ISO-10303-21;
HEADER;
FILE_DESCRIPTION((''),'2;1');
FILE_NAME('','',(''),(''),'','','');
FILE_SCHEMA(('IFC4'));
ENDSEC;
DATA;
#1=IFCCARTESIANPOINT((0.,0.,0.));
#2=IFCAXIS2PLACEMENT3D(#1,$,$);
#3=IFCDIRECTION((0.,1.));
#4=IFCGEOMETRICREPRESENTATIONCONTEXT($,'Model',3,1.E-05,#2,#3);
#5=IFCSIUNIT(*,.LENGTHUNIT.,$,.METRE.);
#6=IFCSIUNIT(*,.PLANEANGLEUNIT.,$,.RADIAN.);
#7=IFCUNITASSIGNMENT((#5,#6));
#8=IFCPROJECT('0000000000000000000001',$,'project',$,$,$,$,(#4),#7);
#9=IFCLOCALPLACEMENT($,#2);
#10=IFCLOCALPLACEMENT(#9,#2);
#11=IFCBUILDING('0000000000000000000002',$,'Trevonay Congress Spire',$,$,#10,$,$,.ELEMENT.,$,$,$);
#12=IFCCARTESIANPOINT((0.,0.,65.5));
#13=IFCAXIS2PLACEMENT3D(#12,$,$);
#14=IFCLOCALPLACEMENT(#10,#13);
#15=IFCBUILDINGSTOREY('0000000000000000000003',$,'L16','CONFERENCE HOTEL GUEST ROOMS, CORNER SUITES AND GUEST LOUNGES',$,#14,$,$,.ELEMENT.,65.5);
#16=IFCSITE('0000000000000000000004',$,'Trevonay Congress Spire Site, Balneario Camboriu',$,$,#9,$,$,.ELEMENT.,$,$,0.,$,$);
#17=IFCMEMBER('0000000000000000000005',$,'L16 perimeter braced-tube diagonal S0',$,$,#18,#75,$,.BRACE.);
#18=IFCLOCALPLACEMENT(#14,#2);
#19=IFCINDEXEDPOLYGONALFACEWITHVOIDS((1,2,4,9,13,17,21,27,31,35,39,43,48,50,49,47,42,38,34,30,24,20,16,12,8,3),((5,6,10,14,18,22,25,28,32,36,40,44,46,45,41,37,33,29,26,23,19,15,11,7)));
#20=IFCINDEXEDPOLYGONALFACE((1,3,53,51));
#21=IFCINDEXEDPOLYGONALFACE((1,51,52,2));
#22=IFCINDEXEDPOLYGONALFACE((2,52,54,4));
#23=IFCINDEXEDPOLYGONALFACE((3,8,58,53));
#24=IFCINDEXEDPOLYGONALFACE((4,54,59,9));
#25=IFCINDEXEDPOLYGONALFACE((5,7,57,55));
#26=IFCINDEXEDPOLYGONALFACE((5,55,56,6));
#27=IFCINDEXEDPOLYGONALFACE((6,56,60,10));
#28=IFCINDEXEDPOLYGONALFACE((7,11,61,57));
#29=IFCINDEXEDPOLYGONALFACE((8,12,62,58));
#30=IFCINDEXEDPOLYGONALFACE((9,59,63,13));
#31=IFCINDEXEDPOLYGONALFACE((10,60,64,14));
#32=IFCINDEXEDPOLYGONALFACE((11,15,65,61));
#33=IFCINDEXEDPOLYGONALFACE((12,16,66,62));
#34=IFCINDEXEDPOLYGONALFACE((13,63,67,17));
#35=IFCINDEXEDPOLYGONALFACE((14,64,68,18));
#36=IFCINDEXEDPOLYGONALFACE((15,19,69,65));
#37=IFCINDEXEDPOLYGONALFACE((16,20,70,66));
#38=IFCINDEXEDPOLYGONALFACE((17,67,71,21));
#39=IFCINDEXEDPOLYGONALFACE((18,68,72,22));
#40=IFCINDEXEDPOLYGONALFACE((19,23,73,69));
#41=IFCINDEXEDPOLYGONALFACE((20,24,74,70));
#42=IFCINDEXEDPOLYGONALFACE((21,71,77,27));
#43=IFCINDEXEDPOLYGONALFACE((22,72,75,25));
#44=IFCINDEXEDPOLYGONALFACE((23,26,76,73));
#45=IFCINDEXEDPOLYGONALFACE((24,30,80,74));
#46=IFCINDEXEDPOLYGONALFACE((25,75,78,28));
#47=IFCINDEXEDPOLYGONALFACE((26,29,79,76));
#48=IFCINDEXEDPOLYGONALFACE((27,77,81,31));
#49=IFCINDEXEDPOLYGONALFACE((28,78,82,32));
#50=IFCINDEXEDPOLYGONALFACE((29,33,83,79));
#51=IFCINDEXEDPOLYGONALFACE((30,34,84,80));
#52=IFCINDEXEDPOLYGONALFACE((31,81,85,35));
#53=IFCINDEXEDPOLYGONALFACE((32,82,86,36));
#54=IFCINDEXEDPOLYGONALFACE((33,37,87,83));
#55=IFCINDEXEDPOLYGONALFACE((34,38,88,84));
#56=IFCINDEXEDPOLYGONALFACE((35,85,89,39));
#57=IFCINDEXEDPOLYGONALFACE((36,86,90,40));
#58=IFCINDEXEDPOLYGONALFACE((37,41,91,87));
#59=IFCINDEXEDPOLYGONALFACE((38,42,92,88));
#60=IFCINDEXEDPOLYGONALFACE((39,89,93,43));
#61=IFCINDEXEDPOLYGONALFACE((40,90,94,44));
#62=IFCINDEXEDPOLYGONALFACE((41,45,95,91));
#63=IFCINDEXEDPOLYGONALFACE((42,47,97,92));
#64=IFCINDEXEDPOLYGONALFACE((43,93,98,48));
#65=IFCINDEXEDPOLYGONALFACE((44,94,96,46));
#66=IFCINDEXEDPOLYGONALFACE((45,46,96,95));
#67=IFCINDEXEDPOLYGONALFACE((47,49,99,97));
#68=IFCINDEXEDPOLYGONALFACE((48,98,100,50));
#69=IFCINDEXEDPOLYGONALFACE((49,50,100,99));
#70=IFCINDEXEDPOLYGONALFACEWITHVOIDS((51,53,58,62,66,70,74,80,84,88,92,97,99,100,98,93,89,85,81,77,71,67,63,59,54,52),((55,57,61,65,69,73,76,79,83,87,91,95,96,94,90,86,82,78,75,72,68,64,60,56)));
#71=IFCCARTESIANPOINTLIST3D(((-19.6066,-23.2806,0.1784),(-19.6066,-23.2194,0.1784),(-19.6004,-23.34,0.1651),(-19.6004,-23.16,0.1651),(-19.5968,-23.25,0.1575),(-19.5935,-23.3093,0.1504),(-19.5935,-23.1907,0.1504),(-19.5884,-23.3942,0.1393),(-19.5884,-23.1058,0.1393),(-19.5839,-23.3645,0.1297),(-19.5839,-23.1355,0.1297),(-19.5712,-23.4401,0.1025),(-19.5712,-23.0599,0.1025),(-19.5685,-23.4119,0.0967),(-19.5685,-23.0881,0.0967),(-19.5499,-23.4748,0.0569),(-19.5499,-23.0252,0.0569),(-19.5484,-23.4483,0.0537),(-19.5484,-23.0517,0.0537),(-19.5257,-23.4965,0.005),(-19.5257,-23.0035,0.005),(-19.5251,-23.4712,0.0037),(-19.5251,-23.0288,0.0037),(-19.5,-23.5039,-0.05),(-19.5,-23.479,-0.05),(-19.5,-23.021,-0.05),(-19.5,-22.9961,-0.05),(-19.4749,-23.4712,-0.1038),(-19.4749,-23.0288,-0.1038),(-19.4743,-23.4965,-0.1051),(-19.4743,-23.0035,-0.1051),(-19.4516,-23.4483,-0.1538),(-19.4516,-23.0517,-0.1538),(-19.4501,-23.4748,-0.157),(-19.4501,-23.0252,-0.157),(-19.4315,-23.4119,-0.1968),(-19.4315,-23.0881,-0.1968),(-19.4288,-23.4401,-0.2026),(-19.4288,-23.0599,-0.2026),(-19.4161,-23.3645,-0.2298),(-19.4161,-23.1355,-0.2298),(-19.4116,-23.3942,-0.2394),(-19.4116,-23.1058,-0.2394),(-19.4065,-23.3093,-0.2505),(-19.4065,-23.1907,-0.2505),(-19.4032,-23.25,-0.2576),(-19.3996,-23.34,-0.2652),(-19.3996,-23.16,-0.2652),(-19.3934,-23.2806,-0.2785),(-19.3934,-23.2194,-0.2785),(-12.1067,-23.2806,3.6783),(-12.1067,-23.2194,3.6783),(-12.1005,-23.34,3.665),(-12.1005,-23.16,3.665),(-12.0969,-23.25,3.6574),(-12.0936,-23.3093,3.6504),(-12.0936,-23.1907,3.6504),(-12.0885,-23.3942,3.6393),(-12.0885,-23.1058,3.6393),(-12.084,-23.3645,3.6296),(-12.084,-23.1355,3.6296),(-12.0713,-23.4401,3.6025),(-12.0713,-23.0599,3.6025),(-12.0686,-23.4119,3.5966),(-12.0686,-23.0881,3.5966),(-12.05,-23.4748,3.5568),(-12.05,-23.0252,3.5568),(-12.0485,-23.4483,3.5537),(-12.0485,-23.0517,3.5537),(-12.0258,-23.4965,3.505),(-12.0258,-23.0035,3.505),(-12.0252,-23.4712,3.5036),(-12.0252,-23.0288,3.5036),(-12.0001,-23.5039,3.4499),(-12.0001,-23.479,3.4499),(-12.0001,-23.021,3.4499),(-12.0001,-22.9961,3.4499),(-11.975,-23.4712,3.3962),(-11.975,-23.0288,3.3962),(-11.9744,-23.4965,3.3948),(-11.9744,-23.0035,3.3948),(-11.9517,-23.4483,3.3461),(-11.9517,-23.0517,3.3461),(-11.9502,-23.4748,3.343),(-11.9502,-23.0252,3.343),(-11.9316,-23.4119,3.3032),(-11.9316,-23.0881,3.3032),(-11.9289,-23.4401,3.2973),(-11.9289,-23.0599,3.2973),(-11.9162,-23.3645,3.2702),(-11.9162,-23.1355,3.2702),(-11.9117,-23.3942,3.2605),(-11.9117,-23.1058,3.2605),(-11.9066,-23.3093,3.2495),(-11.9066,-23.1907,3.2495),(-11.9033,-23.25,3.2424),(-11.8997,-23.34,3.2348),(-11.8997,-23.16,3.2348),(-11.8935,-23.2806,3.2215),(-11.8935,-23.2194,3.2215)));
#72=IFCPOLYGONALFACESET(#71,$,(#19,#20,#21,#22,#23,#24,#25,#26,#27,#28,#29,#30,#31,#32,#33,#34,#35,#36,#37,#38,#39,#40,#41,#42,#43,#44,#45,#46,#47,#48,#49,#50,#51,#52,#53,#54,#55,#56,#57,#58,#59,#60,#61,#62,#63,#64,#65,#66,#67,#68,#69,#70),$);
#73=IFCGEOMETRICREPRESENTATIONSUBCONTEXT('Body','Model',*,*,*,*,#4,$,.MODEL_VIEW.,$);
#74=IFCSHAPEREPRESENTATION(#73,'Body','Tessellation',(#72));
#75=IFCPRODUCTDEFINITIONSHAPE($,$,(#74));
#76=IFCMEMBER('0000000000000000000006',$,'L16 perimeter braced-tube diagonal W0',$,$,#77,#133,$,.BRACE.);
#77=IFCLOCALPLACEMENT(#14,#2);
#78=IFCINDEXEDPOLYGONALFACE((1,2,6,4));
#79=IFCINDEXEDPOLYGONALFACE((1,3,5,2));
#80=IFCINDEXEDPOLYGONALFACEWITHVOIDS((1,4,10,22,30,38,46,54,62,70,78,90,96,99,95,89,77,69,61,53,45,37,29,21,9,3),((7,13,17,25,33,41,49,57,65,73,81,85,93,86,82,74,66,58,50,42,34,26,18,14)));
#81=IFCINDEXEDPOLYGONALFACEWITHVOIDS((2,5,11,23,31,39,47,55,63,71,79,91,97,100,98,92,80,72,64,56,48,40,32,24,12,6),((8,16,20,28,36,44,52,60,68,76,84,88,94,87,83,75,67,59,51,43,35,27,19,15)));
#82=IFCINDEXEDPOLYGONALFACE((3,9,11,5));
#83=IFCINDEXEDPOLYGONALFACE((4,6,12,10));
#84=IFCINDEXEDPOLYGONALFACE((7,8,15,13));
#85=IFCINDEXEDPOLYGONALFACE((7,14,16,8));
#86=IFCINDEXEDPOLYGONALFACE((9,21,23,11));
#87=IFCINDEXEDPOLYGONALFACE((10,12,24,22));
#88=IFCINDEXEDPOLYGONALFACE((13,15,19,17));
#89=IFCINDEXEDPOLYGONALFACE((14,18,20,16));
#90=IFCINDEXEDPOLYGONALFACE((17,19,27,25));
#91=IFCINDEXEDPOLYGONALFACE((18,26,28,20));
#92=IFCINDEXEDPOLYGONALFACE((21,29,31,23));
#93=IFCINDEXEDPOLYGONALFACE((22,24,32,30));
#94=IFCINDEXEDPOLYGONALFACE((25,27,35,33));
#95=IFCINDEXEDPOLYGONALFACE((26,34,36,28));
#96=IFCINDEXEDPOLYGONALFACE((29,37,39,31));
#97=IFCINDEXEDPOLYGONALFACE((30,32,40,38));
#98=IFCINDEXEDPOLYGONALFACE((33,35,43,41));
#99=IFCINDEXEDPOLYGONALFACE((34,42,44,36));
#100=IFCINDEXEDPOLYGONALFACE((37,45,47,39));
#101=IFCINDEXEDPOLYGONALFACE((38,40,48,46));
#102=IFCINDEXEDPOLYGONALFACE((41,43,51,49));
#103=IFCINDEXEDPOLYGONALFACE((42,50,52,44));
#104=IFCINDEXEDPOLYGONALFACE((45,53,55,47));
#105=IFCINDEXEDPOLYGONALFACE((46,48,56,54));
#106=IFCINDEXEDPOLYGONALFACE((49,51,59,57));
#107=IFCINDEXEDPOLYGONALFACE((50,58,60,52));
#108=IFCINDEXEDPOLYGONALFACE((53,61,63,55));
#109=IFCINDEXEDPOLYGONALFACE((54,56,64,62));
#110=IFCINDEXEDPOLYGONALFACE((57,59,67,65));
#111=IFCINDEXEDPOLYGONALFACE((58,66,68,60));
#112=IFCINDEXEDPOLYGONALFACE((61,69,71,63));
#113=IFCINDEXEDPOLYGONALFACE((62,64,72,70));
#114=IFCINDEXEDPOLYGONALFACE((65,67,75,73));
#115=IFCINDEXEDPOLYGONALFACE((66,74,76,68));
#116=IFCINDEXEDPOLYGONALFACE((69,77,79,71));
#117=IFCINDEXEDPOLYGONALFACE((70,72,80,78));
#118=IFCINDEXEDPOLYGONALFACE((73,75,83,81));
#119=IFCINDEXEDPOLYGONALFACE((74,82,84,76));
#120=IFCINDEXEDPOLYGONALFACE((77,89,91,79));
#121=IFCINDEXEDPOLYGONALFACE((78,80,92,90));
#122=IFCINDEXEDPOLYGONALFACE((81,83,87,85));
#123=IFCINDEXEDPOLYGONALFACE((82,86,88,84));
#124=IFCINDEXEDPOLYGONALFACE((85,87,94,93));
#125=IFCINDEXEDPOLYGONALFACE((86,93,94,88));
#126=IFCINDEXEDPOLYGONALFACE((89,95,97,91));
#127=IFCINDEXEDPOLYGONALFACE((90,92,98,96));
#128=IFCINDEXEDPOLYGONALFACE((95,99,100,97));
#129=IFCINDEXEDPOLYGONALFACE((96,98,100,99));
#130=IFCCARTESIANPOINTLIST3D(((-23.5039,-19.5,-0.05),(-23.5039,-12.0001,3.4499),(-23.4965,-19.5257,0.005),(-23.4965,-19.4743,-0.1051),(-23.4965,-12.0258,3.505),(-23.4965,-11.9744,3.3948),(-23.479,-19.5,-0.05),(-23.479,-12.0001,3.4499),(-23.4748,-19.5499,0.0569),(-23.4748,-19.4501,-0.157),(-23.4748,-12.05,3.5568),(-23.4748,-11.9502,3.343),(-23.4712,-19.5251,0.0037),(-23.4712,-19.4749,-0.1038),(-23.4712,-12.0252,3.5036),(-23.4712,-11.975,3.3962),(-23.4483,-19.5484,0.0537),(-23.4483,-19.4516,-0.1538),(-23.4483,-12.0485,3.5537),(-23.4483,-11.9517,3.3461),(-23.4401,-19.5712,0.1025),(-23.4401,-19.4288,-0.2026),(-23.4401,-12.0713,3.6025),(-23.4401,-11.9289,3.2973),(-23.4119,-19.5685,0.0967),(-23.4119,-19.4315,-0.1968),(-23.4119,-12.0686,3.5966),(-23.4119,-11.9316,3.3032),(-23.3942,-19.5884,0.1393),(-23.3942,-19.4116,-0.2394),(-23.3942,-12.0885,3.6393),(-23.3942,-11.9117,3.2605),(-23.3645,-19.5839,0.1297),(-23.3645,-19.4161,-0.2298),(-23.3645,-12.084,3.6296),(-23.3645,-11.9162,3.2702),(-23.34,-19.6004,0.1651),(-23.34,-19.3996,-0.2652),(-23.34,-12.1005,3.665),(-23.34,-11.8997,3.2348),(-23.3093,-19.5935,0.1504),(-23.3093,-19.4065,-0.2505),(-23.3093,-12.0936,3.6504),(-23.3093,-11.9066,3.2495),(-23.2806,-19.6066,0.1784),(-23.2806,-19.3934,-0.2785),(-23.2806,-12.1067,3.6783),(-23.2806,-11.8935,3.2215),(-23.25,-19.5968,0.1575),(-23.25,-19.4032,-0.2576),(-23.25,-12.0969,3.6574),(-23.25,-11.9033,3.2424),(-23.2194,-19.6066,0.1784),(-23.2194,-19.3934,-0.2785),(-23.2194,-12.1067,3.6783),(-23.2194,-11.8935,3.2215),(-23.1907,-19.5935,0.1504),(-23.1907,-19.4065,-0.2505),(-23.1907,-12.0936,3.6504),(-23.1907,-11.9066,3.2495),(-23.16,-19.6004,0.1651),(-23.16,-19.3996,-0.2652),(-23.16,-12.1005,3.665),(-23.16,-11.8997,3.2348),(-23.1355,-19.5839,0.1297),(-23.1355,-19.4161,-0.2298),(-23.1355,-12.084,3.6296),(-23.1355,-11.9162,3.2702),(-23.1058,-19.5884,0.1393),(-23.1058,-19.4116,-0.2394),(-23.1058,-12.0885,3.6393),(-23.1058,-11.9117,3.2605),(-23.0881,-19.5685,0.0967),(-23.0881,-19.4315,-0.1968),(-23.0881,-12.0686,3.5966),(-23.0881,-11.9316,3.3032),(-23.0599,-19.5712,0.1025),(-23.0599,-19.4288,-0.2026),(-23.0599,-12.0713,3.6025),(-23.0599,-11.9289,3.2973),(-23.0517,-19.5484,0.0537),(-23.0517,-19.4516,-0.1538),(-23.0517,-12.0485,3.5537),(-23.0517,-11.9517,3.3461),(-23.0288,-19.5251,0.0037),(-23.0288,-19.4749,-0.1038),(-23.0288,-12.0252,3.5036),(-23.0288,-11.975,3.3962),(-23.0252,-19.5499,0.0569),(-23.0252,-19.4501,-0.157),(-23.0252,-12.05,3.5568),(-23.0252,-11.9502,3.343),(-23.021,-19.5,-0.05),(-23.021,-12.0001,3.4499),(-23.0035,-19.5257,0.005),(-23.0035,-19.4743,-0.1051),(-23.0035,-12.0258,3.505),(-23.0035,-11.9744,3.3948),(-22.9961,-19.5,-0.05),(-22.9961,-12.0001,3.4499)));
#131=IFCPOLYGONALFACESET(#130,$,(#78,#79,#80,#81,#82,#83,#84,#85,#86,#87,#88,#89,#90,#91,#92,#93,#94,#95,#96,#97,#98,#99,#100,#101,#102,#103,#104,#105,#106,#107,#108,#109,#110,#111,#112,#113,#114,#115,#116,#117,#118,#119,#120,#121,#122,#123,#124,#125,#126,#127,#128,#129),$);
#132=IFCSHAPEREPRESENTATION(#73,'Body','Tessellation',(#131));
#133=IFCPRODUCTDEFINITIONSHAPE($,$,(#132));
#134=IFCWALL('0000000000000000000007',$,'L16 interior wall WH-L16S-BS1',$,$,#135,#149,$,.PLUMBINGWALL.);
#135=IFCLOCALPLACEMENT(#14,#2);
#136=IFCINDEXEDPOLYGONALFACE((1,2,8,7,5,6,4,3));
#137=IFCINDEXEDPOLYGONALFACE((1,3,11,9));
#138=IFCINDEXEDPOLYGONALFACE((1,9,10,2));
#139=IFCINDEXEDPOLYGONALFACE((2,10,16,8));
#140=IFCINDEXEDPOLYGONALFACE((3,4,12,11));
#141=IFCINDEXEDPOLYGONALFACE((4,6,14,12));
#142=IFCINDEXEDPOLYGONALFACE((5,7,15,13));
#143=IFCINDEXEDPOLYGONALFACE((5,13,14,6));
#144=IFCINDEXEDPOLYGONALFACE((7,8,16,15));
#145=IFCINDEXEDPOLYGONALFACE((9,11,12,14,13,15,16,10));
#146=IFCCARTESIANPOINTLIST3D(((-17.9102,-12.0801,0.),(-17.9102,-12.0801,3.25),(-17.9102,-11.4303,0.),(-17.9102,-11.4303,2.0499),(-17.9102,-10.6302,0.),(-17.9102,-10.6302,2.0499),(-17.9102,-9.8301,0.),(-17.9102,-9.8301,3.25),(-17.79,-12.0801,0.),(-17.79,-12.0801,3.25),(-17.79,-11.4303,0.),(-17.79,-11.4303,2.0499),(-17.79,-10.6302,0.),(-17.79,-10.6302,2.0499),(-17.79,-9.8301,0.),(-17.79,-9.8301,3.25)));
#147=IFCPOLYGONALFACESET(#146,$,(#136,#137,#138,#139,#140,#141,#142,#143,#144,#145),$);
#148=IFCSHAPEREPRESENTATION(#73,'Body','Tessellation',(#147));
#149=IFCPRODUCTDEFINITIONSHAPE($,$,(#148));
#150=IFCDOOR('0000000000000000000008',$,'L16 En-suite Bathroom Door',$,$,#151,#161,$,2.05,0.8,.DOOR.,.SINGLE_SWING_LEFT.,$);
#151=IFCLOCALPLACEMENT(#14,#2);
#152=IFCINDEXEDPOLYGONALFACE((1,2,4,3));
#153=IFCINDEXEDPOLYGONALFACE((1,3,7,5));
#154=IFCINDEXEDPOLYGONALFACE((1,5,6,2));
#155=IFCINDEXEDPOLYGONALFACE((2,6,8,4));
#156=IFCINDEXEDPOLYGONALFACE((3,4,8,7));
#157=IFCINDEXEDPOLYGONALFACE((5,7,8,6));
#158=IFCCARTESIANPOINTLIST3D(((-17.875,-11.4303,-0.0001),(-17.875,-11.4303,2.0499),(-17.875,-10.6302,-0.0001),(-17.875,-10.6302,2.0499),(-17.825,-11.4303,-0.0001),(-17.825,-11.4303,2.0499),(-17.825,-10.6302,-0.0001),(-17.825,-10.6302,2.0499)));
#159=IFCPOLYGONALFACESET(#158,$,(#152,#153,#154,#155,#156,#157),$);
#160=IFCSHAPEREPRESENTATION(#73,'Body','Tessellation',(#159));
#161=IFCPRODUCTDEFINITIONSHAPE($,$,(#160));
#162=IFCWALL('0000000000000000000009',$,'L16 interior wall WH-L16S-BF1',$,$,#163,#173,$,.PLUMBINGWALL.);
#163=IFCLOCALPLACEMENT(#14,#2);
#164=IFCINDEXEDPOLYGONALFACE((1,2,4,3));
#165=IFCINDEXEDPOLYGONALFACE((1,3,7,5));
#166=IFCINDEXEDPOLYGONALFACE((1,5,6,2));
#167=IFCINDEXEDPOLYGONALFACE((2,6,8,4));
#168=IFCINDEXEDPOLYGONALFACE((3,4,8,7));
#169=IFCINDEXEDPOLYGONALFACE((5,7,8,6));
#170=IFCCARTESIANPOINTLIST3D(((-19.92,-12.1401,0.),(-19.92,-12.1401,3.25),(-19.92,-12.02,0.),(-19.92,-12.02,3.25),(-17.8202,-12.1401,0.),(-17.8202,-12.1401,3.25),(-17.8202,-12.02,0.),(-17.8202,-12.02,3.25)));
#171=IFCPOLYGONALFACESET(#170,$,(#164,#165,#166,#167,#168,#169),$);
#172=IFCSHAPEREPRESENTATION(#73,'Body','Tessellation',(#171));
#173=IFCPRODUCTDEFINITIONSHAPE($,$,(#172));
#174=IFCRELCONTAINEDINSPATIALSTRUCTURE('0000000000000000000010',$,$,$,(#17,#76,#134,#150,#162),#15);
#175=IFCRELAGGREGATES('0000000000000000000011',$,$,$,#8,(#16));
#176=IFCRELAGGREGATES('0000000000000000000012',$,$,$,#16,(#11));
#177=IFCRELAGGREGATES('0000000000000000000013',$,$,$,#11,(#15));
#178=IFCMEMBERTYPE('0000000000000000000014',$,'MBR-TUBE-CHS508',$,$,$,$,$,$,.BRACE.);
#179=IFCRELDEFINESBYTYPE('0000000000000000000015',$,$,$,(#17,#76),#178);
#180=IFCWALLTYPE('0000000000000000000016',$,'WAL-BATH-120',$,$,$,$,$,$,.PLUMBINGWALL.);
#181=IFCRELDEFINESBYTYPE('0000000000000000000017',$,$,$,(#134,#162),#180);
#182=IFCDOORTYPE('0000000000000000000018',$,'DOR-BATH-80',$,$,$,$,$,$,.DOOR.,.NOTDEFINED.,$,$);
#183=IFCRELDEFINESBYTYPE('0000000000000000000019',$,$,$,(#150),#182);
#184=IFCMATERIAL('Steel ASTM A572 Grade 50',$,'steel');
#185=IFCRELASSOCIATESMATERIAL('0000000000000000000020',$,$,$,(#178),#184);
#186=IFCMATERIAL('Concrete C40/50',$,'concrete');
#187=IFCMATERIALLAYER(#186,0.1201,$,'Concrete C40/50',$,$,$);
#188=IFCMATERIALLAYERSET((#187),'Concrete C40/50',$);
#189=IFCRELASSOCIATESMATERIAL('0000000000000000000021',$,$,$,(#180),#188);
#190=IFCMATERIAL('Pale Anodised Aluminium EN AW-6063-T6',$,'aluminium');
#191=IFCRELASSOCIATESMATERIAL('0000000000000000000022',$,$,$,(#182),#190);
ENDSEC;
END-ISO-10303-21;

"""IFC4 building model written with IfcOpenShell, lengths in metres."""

from ifc_helpers import new_model, si_unit, direction, frame, frame_2d, origin, origin_2d, place, context, subcontext, project, spatial, rectangle, hollow_circle, extrude, material, layer, layer_set, material_profile, profile_set, type_object, element, fill, save


model = new_model("IFC4")

# Units and contexts
model_context = context("Model", 3, precision=1e-05, world=origin(), true_north=direction((0.0, 1.0)))
body_context = subcontext(model_context, "Body", "Model", "MODEL_VIEW")
ifc_project = project(units=[si_unit("LENGTHUNIT", "METRE"), si_unit("PLANEANGLEUNIT", "RADIAN")], contexts=[model_context])

# Site, building, storey
site_placement = place(None, origin())
site = spatial("IfcSite", under=ifc_project, at=site_placement, Name="Trevonay Congress Spire Site, Balneario Camboriu", CompositionType="ELEMENT", RefElevation=0.0)
building_placement = place(site_placement, origin())
building = spatial("IfcBuilding", under=site, at=building_placement, Name="Trevonay Congress Spire", CompositionType="ELEMENT")
storey_placement = place(building_placement, frame((0.0, 0.0, 65.5)))
storey = spatial("IfcBuildingStorey", under=building, at=storey_placement, Name="L16", Description="CONFERENCE HOTEL GUEST ROOMS, CORNER SUITES AND GUEST LOUNGES", CompositionType="ELEMENT", Elevation=65.5)

# Shared definitions
ifc_material_1 = material(Name="Steel ASTM A572 Grade 50", Category="steel")

# Members
ifc_material_profile_1 = material_profile(ifc_material_1, hollow_circle(Radius=0.2539, WallThickness=0.0249, at=origin_2d()), Name="CHS 508x25")
ifc_profile_set_1 = profile_set([ifc_material_profile_1], Name="Steel ASTM A572 Grade 50")
member_type = type_object("IfcMemberType", Name="MBR-TUBE-CHS508", PredefinedType="BRACE", material=ifc_profile_set_1)
for number, where, z_axis, x_axis, name in (
    (1, (-19.5, -23.25, -0.05), (0.906183, 0.0, 0.422885), (0.0, 1.0, 0.0), "L16 perimeter braced-tube diagonal S0"),
    (2, (-23.25, -19.5, -0.05), (0.0, 0.906183, 0.422885), (-1.0, 0.0, 0.0), "L16 perimeter braced-tube diagonal W0"),
):
    element("IfcMember", number, at=place(storey_placement, frame(where, z_axis=z_axis, x_axis=x_axis)), inside=storey, type_object=member_type, Name=name, PredefinedType="BRACE", context=body_context, shape_type="SweptSolid", body=[
        extrude(hollow_circle(Radius=0.2539, WallThickness=0.0249, at=origin_2d()), origin(), (0.0, 0.0, 1.0), 8.2764),
    ])

# Wall, opening, door
ifc_material_2 = material(Name="Concrete C40/50", Category="concrete")
ifc_layer_1 = layer(ifc_material_2, 0.1201, Name="Concrete C40/50")
ifc_layer_set_1 = layer_set([ifc_layer_1], Name="Concrete C40/50")
wall_type_1 = type_object("IfcWallType", Name="WAL-BATH-120", PredefinedType="PLUMBINGWALL", material=ifc_layer_set_1)
wall_1_placement = place(storey_placement, frame((-17.8501, -12.0801, 0.0), z_axis=(0.0, 0.0, 1.0), x_axis=(0.0, 1.0, 0.0)))
wall_1 = element("IfcWall", 3, at=wall_1_placement, inside=storey, type_object=wall_type_1, Name="L16 interior wall WH-L16S-BS1", PredefinedType="PLUMBINGWALL", context=body_context, shape_type="SweptSolid", body=[
    extrude(rectangle(XDim=2.25, YDim=0.1201, at=frame_2d((1.125, 0.0))), origin(), (0.0, 0.0, 1.0), 3.25),
])
opening_1_placement = place(wall_1_placement, frame((0.6499, 0.0, 0.0)))
opening_1 = element("IfcOpeningElement", 4, at=opening_1_placement, cuts=wall_1, PredefinedType="OPENING", context=body_context, shape_type="SweptSolid", body=[
    extrude(rectangle(XDim=0.8, YDim=2.05, at=frame_2d((0.3999, 1.0249))), frame((0.0, 0.0701, 0.0), z_axis=(0.0, -1.0, 0.0), x_axis=(1.0, 0.0, 0.0)), (0.0, 0.0, 1.0), 0.1401),
])
ifc_material_3 = material(Name="Pale Anodised Aluminium EN AW-6063-T6", Category="aluminium")
door_type = type_object("IfcDoorType", Name="DOR-BATH-80", OperationType="NOTDEFINED", PredefinedType="DOOR", material=ifc_material_3)
door_1_placement = place(opening_1_placement, origin())
door_1 = element("IfcDoor", 5, at=door_1_placement, inside=storey, type_object=door_type, Name="L16 En-suite Bathroom Door", OperationType="SINGLE_SWING_LEFT", OverallHeight=2.05, OverallWidth=0.8, PredefinedType="DOOR", context=body_context, shape_type="SweptSolid", body=[
    extrude(rectangle(XDim=0.8, YDim=2.05, at=frame_2d((0.3999, 1.0249))), frame((0.0, 0.0249, 0.0), z_axis=(0.0, -1.0, 0.0), x_axis=(1.0, 0.0, 0.0)), (0.0, 0.0, 1.0), 0.05),
])
fill(opening_1, door_1)

# Wall
wall_2_placement = place(storey_placement, frame((-19.9199, -12.0801, 0.0), z_axis=(0.0, 0.0, 1.0), x_axis=(1.0, 0.0, 0.0)))
element("IfcWall", 6, at=wall_2_placement, inside=storey, type_object=wall_type_1, Name="L16 interior wall WH-L16S-BF1", PredefinedType="PLUMBINGWALL", context=body_context, shape_type="SweptSolid", body=[
    extrude(rectangle(XDim=2.0999, YDim=0.1201, at=frame_2d((1.0498, 0.0))), origin(), (0.0, 0.0, 1.0), 3.25),
])

save(model, "model.ifc")
